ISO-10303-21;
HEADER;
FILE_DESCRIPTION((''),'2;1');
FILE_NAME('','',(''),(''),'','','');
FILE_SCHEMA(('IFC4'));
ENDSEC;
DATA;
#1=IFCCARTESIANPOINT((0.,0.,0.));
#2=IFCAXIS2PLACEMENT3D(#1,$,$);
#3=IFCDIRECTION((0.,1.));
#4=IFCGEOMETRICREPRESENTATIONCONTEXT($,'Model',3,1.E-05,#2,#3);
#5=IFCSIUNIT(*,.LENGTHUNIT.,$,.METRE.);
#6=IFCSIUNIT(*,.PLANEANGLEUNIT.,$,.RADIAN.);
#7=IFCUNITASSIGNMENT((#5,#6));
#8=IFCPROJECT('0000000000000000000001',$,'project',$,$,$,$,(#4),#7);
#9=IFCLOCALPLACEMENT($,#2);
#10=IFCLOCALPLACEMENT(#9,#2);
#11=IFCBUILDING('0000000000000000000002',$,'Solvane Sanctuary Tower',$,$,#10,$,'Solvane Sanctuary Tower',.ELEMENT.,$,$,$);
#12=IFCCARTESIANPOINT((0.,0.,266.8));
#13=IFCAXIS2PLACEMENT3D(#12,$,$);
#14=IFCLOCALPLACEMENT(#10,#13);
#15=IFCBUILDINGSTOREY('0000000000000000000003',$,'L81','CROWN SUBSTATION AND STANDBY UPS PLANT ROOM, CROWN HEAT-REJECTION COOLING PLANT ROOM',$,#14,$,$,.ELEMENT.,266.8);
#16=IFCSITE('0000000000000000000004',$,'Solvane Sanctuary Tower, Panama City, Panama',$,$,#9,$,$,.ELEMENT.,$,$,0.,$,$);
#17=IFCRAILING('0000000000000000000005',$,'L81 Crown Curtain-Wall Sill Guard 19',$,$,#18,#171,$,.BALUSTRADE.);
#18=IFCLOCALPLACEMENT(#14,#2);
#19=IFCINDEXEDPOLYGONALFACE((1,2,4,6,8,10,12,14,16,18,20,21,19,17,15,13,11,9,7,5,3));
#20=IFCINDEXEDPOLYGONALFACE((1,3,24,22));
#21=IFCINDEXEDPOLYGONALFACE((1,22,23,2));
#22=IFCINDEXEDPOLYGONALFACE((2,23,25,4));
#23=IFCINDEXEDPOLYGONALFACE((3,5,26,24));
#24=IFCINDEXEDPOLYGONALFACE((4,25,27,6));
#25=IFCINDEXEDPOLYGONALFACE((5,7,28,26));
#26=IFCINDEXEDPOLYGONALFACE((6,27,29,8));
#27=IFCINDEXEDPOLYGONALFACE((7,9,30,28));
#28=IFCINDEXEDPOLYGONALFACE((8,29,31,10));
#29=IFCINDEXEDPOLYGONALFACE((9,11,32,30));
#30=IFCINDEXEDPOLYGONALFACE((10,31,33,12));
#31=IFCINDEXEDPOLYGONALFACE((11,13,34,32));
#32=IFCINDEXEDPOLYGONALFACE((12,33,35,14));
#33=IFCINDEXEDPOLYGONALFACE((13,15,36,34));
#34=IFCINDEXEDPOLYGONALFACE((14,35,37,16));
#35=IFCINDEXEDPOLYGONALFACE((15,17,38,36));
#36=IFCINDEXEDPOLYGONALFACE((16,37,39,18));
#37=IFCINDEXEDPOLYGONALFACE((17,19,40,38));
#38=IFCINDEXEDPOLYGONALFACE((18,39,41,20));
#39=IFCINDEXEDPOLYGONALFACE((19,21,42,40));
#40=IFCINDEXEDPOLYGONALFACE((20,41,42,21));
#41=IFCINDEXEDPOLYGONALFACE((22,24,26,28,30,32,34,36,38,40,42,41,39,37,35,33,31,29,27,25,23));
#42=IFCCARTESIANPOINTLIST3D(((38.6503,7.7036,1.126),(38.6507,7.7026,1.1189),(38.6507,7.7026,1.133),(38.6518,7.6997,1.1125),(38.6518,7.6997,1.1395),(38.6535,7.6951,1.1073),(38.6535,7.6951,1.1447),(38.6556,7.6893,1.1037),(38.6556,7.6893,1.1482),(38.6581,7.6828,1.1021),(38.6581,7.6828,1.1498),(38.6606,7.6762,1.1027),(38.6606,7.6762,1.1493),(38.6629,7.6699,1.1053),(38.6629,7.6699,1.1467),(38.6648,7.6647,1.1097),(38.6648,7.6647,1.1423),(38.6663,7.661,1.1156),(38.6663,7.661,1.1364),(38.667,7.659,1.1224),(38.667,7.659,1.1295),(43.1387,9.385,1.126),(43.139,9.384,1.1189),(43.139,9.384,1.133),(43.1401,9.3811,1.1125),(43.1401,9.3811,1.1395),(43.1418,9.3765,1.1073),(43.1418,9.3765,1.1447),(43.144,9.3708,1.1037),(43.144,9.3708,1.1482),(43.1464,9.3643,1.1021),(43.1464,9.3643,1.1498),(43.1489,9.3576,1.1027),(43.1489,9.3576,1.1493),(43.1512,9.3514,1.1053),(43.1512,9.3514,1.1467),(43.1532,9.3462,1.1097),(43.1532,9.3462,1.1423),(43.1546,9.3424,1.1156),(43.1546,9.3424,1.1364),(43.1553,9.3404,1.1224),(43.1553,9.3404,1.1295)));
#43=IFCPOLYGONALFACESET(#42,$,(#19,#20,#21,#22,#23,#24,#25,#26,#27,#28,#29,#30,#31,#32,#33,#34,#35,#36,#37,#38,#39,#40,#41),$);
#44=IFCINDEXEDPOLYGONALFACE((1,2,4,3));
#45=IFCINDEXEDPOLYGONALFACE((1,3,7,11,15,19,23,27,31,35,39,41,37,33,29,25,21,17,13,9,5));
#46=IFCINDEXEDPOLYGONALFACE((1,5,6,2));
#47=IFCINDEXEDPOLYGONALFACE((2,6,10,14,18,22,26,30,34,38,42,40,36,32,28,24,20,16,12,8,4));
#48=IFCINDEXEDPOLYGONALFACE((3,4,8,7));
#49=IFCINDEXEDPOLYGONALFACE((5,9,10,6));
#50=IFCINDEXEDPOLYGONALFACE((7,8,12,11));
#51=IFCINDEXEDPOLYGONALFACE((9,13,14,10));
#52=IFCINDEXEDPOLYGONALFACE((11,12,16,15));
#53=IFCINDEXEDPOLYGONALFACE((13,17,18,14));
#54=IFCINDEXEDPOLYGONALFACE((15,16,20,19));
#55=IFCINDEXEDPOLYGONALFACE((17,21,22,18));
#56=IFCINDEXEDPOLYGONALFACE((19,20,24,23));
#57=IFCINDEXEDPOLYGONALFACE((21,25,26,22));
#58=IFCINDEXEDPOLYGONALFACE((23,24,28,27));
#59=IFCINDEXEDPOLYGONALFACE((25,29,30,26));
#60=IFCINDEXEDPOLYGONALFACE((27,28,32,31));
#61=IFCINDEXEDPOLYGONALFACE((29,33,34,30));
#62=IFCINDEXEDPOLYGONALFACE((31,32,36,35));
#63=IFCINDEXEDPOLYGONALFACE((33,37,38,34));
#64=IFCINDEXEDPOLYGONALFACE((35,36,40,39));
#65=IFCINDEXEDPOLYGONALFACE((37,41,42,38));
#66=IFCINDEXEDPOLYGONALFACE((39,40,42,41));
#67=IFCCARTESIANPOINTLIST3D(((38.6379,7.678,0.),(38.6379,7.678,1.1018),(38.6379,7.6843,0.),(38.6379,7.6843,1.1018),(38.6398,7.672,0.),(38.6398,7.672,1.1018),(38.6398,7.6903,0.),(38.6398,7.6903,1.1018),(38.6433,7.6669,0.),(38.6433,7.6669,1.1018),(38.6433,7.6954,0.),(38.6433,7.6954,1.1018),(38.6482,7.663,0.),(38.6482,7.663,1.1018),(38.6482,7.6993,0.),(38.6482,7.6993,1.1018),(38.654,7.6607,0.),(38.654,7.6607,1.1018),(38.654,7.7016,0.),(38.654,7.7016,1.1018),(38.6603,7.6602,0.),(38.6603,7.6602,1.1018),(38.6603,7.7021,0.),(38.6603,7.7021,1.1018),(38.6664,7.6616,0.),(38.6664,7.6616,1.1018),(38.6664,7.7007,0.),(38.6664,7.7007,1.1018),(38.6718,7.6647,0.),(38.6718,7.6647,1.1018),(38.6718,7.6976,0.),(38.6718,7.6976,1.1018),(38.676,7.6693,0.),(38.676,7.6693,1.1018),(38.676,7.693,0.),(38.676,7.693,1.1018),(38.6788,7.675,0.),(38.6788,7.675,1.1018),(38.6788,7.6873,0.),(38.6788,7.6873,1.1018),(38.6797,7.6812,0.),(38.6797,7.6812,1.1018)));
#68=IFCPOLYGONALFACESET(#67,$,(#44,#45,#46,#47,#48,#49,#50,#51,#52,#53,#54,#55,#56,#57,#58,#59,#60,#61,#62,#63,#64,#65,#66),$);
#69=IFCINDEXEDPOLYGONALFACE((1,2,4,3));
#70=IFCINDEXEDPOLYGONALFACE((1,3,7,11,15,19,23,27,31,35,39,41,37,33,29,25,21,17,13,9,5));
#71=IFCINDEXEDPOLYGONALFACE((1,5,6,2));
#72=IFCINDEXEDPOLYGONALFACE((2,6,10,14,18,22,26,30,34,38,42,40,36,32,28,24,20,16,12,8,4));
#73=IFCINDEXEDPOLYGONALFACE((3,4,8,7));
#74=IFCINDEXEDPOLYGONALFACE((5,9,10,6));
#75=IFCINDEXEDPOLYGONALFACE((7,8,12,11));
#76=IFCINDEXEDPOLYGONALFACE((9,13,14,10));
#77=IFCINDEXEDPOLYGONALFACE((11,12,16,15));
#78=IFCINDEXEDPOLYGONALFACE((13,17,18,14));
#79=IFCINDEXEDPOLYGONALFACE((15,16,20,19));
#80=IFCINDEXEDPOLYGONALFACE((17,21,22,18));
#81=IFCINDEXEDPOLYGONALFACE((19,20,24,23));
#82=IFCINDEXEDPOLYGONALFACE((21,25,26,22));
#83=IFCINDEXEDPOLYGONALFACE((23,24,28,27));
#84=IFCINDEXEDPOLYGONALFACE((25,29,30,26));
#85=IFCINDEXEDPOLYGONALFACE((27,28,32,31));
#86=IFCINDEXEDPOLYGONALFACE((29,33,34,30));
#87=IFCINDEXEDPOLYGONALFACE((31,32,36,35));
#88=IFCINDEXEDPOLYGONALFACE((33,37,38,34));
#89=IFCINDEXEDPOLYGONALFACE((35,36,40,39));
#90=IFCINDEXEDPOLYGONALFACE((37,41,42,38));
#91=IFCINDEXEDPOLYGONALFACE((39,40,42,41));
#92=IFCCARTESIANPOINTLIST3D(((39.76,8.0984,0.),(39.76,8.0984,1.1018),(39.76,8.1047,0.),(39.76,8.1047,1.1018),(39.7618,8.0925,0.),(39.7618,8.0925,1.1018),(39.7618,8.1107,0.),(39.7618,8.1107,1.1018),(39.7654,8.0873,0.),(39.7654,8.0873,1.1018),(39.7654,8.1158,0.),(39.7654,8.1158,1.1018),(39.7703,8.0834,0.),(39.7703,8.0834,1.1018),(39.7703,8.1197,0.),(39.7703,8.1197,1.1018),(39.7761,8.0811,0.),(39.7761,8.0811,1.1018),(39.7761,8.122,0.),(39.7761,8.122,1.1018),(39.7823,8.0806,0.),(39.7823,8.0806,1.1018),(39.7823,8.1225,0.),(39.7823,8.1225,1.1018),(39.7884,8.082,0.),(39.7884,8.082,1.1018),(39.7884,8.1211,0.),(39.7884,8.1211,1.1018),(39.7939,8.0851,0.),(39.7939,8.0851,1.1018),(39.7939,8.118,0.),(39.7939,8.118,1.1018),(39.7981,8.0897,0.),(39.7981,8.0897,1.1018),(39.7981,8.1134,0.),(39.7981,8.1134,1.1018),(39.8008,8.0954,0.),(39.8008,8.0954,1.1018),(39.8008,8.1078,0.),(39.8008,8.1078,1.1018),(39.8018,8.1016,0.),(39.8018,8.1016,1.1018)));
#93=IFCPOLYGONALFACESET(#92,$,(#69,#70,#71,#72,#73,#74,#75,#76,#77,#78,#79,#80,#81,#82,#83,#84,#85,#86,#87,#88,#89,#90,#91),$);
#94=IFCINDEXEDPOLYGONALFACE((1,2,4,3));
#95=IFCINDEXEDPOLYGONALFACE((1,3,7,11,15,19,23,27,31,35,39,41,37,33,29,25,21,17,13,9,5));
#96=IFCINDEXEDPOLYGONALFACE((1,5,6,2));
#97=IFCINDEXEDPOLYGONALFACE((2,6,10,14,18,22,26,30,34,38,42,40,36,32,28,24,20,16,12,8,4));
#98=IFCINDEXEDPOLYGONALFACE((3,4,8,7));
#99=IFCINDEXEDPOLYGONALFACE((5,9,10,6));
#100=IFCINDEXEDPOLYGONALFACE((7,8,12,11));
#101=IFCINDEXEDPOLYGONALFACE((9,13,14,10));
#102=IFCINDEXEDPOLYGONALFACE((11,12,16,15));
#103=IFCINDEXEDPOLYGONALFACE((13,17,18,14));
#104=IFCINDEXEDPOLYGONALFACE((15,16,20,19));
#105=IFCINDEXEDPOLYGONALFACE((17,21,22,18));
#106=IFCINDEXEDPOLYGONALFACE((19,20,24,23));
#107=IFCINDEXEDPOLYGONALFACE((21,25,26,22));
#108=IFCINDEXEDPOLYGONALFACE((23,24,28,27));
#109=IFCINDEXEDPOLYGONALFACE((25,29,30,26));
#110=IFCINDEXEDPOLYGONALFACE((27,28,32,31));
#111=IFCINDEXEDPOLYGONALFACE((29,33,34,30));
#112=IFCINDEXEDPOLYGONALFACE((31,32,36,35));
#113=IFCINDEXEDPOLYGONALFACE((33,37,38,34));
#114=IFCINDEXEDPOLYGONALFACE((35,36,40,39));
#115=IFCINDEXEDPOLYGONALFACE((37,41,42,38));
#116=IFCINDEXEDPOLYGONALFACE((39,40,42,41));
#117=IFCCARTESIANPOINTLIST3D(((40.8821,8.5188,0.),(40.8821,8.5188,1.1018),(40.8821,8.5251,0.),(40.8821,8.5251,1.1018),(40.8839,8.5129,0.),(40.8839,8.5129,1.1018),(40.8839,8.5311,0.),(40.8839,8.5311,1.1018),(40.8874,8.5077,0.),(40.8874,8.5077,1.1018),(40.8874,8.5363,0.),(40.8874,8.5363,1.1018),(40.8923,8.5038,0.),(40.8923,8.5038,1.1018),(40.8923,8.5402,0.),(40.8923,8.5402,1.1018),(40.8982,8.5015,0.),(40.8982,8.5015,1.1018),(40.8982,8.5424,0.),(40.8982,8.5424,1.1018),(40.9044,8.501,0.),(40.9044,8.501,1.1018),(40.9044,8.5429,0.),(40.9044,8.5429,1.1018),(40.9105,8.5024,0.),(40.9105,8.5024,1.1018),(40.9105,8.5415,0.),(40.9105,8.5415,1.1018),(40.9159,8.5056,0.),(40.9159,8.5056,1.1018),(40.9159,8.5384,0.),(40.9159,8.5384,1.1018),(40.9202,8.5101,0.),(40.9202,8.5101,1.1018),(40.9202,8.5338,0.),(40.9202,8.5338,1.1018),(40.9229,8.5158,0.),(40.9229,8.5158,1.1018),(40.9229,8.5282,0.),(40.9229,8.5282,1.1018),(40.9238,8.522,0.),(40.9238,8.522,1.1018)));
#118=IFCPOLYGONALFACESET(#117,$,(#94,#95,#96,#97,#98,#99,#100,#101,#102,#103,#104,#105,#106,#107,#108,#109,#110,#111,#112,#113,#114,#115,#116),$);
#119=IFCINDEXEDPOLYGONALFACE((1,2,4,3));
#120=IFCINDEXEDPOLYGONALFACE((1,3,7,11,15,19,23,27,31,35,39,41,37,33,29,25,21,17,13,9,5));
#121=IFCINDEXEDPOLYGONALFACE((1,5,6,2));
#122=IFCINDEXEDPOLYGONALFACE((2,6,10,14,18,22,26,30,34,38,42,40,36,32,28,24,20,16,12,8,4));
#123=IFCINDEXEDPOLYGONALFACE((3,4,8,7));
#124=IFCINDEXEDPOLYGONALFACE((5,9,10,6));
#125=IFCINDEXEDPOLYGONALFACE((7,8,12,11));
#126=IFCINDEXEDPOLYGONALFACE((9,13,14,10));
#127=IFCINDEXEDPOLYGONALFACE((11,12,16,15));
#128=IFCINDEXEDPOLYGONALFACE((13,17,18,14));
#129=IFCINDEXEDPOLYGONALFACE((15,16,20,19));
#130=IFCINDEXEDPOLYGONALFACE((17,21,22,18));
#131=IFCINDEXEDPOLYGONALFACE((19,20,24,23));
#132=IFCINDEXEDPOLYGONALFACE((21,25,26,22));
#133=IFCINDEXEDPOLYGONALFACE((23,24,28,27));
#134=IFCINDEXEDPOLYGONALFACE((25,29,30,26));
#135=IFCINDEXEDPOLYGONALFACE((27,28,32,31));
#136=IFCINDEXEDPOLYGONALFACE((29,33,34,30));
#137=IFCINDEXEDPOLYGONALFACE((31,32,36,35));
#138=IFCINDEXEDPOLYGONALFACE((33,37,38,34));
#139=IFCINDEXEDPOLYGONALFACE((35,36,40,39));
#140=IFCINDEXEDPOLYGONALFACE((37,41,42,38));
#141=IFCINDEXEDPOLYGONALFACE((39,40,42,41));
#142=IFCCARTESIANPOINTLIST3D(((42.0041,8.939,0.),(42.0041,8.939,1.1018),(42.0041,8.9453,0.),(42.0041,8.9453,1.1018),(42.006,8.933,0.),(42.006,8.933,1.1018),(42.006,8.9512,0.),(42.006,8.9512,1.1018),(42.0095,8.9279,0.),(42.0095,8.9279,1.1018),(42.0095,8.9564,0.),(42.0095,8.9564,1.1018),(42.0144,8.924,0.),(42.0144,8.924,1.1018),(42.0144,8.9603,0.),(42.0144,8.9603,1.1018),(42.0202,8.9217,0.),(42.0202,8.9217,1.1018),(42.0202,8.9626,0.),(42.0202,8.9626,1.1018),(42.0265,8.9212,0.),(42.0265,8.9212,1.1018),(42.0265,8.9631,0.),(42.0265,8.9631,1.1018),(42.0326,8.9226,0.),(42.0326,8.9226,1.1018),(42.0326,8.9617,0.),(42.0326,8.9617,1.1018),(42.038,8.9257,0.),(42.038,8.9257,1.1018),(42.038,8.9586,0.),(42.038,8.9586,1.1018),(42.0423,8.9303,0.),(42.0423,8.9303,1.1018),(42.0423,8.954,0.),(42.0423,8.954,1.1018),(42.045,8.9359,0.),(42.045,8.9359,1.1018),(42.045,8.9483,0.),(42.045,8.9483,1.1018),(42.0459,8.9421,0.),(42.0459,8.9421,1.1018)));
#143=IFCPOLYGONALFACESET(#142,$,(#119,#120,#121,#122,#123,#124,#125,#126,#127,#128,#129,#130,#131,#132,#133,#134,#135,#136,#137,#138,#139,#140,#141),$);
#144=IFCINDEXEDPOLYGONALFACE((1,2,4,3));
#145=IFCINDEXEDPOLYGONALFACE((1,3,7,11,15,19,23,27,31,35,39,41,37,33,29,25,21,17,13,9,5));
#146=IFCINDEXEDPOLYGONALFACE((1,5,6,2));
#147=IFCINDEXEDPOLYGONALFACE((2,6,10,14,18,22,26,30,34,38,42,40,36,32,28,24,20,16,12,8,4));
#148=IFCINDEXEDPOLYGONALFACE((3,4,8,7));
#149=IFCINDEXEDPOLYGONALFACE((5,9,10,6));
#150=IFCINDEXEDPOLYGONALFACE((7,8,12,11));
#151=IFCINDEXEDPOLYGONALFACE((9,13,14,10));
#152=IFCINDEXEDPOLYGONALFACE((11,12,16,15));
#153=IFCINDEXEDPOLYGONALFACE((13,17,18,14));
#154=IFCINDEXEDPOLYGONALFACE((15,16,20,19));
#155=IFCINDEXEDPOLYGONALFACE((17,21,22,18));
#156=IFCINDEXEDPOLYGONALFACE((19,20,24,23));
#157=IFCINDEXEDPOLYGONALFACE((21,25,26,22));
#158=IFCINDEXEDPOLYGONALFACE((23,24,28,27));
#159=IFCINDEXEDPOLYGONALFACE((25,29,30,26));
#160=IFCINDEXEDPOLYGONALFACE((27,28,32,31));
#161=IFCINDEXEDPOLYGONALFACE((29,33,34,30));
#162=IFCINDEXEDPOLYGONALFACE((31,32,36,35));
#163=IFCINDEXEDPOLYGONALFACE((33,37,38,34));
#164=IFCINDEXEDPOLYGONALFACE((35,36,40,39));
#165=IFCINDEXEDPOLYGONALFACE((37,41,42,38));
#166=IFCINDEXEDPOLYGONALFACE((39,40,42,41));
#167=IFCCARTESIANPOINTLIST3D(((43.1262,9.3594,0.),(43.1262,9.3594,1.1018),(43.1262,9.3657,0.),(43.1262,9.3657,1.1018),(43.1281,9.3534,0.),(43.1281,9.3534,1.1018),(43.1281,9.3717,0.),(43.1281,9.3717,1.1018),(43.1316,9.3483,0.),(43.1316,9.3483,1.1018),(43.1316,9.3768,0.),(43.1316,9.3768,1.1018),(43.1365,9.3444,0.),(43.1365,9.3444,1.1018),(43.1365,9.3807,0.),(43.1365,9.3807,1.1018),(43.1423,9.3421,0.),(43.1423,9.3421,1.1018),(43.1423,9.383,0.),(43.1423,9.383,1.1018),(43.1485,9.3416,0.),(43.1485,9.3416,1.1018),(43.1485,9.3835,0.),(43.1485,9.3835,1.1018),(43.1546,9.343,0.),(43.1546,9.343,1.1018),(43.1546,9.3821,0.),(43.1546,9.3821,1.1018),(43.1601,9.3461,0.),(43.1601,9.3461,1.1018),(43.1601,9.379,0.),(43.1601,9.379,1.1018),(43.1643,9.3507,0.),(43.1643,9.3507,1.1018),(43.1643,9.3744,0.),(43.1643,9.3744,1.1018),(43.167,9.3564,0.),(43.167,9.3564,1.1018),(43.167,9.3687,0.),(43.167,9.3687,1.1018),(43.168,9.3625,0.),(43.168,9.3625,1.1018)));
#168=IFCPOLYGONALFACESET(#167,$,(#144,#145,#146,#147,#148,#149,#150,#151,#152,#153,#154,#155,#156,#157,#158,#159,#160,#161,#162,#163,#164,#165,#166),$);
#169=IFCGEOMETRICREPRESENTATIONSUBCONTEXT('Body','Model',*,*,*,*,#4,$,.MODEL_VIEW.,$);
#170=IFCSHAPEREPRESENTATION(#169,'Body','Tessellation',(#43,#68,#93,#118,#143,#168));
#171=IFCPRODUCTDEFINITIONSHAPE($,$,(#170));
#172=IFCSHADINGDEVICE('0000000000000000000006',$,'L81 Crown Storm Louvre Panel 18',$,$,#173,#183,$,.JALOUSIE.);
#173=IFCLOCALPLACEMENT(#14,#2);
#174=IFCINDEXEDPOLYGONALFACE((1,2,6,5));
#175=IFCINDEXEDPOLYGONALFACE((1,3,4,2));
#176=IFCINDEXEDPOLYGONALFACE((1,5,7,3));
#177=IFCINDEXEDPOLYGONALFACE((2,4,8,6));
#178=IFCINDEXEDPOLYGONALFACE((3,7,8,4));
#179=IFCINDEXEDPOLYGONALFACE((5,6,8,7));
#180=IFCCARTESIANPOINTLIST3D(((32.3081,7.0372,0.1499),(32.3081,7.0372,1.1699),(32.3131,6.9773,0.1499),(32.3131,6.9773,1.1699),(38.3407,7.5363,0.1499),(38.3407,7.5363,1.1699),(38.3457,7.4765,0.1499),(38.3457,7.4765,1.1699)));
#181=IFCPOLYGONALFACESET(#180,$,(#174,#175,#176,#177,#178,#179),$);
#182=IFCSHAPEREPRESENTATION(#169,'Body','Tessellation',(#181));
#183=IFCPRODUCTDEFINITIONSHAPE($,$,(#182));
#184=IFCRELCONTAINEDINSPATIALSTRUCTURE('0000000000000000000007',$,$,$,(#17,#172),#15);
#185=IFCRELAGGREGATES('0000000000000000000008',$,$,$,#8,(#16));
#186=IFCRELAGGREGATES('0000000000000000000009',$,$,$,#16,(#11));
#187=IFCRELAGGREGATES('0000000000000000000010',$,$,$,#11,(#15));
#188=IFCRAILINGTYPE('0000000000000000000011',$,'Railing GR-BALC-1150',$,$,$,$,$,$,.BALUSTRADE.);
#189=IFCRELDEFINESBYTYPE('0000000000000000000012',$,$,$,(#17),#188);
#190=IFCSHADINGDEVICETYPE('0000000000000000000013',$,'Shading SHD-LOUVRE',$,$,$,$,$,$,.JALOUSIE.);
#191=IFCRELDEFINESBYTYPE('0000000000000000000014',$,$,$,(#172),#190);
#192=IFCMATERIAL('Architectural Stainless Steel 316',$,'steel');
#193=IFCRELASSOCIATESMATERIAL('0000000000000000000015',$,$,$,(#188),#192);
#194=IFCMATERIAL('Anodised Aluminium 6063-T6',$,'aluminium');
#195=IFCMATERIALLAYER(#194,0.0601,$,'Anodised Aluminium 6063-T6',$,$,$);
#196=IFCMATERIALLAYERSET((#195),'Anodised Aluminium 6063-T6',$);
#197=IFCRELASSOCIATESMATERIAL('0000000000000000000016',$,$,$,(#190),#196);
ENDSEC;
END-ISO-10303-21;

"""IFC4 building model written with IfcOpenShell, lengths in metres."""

from ifc_helpers import new_model, si_unit, direction, frame, origin, origin_2d, place, context, subcontext, project, spatial, rectangle, circle, extrude, material, layer, layer_set, type_object, element, save


model = new_model("IFC4")

# Units and contexts
model_context = context("Model", 3, precision=1e-05, world=origin(), true_north=direction((0.0, 1.0)))
body_context = subcontext(model_context, "Body", "Model", "MODEL_VIEW")
ifc_project = project(units=[si_unit("LENGTHUNIT", "METRE"), si_unit("PLANEANGLEUNIT", "RADIAN")], contexts=[model_context])

# Site, building, storey
site_placement = place(None, origin())
site = spatial("IfcSite", under=ifc_project, at=site_placement, Name="Solvane Sanctuary Tower, Panama City, Panama", CompositionType="ELEMENT", RefElevation=0.0)
building_placement = place(site_placement, origin())
building = spatial("IfcBuilding", under=site, at=building_placement, Name="Solvane Sanctuary Tower", LongName="Solvane Sanctuary Tower", CompositionType="ELEMENT")
storey_placement = place(building_placement, frame((0.0, 0.0, 266.8)))
storey = spatial("IfcBuildingStorey", under=building, at=storey_placement, Name="L81", Description="CROWN SUBSTATION AND STANDBY UPS PLANT ROOM, CROWN HEAT-REJECTION COOLING PLANT ROOM", CompositionType="ELEMENT", Elevation=266.8)

# Shared definitions
ifc_material_1 = material(Name="Anodised Aluminium 6063-T6", Category="aluminium")

# Shared definitions
ifc_material_2 = material(Name="Architectural Stainless Steel 316", Category="steel")

# Railing
railing_type = type_object("IfcRailingType", Name="Railing GR-BALC-1150", PredefinedType="BALUSTRADE", material=ifc_material_2)
railing_placement = place(storey_placement, frame((38.6587, 7.6812, 0.0)))
element("IfcRailing", 1, at=railing_placement, inside=storey, type_object=railing_type, Name="L81 Crown Curtain-Wall Sill Guard 19", PredefinedType="BALUSTRADE", context=body_context, shape_type="SweptSolid", body=[
    extrude(circle(Radius=0.0239, at=origin_2d()), frame((0.0, 0.0, 1.126), z_axis=(0.936446, 0.350811, 0.0), x_axis=(-0.350811, 0.936446, 0.0)), (0.0, 0.0, 1.0), 4.793),
    extrude(circle(Radius=0.021, at=origin_2d()), origin(), (0.0, 0.0, 1.0), 1.1018),
    extrude(circle(Radius=0.021, at=origin_2d()), frame((1.1221, 0.4204, 0.0)), (0.0, 0.0, 1.0), 1.1018),
    extrude(circle(Radius=0.021, at=origin_2d()), frame((2.2441, 0.8408, 0.0)), (0.0, 0.0, 1.0), 1.1018),
    extrude(circle(Radius=0.021, at=origin_2d()), frame((3.3662, 1.261, 0.0)), (0.0, 0.0, 1.0), 1.1018),
    extrude(circle(Radius=0.021, at=origin_2d()), frame((4.4883, 1.6814, 0.0)), (0.0, 0.0, 1.0), 1.1018),
])

# Shading device
ifc_layer_1 = layer(ifc_material_1, 0.0601, Name="Anodised Aluminium 6063-T6")
ifc_layer_set_1 = layer_set([ifc_layer_1], Name="Anodised Aluminium 6063-T6")
shading_device_type = type_object("IfcShadingDeviceType", Name="Shading SHD-LOUVRE", PredefinedType="JALOUSIE", material=ifc_layer_set_1)
shading_device_placement = place(storey_placement, frame((35.3269, 7.2568, 0.1499), z_axis=(0.0, 0.0, 1.0), x_axis=(0.996595, 0.082455, 0.0)))
element("IfcShadingDevice", 2, at=shading_device_placement, inside=storey, type_object=shading_device_type, Name="L81 Crown Storm Louvre Panel 18", PredefinedType="JALOUSIE", context=body_context, shape_type="SweptSolid", body=[
    extrude(rectangle(XDim=6.0532, YDim=0.0601, at=origin_2d()), origin(), (0.0, 0.0, 1.0), 1.02),
])

save(model, "model.ifc")
